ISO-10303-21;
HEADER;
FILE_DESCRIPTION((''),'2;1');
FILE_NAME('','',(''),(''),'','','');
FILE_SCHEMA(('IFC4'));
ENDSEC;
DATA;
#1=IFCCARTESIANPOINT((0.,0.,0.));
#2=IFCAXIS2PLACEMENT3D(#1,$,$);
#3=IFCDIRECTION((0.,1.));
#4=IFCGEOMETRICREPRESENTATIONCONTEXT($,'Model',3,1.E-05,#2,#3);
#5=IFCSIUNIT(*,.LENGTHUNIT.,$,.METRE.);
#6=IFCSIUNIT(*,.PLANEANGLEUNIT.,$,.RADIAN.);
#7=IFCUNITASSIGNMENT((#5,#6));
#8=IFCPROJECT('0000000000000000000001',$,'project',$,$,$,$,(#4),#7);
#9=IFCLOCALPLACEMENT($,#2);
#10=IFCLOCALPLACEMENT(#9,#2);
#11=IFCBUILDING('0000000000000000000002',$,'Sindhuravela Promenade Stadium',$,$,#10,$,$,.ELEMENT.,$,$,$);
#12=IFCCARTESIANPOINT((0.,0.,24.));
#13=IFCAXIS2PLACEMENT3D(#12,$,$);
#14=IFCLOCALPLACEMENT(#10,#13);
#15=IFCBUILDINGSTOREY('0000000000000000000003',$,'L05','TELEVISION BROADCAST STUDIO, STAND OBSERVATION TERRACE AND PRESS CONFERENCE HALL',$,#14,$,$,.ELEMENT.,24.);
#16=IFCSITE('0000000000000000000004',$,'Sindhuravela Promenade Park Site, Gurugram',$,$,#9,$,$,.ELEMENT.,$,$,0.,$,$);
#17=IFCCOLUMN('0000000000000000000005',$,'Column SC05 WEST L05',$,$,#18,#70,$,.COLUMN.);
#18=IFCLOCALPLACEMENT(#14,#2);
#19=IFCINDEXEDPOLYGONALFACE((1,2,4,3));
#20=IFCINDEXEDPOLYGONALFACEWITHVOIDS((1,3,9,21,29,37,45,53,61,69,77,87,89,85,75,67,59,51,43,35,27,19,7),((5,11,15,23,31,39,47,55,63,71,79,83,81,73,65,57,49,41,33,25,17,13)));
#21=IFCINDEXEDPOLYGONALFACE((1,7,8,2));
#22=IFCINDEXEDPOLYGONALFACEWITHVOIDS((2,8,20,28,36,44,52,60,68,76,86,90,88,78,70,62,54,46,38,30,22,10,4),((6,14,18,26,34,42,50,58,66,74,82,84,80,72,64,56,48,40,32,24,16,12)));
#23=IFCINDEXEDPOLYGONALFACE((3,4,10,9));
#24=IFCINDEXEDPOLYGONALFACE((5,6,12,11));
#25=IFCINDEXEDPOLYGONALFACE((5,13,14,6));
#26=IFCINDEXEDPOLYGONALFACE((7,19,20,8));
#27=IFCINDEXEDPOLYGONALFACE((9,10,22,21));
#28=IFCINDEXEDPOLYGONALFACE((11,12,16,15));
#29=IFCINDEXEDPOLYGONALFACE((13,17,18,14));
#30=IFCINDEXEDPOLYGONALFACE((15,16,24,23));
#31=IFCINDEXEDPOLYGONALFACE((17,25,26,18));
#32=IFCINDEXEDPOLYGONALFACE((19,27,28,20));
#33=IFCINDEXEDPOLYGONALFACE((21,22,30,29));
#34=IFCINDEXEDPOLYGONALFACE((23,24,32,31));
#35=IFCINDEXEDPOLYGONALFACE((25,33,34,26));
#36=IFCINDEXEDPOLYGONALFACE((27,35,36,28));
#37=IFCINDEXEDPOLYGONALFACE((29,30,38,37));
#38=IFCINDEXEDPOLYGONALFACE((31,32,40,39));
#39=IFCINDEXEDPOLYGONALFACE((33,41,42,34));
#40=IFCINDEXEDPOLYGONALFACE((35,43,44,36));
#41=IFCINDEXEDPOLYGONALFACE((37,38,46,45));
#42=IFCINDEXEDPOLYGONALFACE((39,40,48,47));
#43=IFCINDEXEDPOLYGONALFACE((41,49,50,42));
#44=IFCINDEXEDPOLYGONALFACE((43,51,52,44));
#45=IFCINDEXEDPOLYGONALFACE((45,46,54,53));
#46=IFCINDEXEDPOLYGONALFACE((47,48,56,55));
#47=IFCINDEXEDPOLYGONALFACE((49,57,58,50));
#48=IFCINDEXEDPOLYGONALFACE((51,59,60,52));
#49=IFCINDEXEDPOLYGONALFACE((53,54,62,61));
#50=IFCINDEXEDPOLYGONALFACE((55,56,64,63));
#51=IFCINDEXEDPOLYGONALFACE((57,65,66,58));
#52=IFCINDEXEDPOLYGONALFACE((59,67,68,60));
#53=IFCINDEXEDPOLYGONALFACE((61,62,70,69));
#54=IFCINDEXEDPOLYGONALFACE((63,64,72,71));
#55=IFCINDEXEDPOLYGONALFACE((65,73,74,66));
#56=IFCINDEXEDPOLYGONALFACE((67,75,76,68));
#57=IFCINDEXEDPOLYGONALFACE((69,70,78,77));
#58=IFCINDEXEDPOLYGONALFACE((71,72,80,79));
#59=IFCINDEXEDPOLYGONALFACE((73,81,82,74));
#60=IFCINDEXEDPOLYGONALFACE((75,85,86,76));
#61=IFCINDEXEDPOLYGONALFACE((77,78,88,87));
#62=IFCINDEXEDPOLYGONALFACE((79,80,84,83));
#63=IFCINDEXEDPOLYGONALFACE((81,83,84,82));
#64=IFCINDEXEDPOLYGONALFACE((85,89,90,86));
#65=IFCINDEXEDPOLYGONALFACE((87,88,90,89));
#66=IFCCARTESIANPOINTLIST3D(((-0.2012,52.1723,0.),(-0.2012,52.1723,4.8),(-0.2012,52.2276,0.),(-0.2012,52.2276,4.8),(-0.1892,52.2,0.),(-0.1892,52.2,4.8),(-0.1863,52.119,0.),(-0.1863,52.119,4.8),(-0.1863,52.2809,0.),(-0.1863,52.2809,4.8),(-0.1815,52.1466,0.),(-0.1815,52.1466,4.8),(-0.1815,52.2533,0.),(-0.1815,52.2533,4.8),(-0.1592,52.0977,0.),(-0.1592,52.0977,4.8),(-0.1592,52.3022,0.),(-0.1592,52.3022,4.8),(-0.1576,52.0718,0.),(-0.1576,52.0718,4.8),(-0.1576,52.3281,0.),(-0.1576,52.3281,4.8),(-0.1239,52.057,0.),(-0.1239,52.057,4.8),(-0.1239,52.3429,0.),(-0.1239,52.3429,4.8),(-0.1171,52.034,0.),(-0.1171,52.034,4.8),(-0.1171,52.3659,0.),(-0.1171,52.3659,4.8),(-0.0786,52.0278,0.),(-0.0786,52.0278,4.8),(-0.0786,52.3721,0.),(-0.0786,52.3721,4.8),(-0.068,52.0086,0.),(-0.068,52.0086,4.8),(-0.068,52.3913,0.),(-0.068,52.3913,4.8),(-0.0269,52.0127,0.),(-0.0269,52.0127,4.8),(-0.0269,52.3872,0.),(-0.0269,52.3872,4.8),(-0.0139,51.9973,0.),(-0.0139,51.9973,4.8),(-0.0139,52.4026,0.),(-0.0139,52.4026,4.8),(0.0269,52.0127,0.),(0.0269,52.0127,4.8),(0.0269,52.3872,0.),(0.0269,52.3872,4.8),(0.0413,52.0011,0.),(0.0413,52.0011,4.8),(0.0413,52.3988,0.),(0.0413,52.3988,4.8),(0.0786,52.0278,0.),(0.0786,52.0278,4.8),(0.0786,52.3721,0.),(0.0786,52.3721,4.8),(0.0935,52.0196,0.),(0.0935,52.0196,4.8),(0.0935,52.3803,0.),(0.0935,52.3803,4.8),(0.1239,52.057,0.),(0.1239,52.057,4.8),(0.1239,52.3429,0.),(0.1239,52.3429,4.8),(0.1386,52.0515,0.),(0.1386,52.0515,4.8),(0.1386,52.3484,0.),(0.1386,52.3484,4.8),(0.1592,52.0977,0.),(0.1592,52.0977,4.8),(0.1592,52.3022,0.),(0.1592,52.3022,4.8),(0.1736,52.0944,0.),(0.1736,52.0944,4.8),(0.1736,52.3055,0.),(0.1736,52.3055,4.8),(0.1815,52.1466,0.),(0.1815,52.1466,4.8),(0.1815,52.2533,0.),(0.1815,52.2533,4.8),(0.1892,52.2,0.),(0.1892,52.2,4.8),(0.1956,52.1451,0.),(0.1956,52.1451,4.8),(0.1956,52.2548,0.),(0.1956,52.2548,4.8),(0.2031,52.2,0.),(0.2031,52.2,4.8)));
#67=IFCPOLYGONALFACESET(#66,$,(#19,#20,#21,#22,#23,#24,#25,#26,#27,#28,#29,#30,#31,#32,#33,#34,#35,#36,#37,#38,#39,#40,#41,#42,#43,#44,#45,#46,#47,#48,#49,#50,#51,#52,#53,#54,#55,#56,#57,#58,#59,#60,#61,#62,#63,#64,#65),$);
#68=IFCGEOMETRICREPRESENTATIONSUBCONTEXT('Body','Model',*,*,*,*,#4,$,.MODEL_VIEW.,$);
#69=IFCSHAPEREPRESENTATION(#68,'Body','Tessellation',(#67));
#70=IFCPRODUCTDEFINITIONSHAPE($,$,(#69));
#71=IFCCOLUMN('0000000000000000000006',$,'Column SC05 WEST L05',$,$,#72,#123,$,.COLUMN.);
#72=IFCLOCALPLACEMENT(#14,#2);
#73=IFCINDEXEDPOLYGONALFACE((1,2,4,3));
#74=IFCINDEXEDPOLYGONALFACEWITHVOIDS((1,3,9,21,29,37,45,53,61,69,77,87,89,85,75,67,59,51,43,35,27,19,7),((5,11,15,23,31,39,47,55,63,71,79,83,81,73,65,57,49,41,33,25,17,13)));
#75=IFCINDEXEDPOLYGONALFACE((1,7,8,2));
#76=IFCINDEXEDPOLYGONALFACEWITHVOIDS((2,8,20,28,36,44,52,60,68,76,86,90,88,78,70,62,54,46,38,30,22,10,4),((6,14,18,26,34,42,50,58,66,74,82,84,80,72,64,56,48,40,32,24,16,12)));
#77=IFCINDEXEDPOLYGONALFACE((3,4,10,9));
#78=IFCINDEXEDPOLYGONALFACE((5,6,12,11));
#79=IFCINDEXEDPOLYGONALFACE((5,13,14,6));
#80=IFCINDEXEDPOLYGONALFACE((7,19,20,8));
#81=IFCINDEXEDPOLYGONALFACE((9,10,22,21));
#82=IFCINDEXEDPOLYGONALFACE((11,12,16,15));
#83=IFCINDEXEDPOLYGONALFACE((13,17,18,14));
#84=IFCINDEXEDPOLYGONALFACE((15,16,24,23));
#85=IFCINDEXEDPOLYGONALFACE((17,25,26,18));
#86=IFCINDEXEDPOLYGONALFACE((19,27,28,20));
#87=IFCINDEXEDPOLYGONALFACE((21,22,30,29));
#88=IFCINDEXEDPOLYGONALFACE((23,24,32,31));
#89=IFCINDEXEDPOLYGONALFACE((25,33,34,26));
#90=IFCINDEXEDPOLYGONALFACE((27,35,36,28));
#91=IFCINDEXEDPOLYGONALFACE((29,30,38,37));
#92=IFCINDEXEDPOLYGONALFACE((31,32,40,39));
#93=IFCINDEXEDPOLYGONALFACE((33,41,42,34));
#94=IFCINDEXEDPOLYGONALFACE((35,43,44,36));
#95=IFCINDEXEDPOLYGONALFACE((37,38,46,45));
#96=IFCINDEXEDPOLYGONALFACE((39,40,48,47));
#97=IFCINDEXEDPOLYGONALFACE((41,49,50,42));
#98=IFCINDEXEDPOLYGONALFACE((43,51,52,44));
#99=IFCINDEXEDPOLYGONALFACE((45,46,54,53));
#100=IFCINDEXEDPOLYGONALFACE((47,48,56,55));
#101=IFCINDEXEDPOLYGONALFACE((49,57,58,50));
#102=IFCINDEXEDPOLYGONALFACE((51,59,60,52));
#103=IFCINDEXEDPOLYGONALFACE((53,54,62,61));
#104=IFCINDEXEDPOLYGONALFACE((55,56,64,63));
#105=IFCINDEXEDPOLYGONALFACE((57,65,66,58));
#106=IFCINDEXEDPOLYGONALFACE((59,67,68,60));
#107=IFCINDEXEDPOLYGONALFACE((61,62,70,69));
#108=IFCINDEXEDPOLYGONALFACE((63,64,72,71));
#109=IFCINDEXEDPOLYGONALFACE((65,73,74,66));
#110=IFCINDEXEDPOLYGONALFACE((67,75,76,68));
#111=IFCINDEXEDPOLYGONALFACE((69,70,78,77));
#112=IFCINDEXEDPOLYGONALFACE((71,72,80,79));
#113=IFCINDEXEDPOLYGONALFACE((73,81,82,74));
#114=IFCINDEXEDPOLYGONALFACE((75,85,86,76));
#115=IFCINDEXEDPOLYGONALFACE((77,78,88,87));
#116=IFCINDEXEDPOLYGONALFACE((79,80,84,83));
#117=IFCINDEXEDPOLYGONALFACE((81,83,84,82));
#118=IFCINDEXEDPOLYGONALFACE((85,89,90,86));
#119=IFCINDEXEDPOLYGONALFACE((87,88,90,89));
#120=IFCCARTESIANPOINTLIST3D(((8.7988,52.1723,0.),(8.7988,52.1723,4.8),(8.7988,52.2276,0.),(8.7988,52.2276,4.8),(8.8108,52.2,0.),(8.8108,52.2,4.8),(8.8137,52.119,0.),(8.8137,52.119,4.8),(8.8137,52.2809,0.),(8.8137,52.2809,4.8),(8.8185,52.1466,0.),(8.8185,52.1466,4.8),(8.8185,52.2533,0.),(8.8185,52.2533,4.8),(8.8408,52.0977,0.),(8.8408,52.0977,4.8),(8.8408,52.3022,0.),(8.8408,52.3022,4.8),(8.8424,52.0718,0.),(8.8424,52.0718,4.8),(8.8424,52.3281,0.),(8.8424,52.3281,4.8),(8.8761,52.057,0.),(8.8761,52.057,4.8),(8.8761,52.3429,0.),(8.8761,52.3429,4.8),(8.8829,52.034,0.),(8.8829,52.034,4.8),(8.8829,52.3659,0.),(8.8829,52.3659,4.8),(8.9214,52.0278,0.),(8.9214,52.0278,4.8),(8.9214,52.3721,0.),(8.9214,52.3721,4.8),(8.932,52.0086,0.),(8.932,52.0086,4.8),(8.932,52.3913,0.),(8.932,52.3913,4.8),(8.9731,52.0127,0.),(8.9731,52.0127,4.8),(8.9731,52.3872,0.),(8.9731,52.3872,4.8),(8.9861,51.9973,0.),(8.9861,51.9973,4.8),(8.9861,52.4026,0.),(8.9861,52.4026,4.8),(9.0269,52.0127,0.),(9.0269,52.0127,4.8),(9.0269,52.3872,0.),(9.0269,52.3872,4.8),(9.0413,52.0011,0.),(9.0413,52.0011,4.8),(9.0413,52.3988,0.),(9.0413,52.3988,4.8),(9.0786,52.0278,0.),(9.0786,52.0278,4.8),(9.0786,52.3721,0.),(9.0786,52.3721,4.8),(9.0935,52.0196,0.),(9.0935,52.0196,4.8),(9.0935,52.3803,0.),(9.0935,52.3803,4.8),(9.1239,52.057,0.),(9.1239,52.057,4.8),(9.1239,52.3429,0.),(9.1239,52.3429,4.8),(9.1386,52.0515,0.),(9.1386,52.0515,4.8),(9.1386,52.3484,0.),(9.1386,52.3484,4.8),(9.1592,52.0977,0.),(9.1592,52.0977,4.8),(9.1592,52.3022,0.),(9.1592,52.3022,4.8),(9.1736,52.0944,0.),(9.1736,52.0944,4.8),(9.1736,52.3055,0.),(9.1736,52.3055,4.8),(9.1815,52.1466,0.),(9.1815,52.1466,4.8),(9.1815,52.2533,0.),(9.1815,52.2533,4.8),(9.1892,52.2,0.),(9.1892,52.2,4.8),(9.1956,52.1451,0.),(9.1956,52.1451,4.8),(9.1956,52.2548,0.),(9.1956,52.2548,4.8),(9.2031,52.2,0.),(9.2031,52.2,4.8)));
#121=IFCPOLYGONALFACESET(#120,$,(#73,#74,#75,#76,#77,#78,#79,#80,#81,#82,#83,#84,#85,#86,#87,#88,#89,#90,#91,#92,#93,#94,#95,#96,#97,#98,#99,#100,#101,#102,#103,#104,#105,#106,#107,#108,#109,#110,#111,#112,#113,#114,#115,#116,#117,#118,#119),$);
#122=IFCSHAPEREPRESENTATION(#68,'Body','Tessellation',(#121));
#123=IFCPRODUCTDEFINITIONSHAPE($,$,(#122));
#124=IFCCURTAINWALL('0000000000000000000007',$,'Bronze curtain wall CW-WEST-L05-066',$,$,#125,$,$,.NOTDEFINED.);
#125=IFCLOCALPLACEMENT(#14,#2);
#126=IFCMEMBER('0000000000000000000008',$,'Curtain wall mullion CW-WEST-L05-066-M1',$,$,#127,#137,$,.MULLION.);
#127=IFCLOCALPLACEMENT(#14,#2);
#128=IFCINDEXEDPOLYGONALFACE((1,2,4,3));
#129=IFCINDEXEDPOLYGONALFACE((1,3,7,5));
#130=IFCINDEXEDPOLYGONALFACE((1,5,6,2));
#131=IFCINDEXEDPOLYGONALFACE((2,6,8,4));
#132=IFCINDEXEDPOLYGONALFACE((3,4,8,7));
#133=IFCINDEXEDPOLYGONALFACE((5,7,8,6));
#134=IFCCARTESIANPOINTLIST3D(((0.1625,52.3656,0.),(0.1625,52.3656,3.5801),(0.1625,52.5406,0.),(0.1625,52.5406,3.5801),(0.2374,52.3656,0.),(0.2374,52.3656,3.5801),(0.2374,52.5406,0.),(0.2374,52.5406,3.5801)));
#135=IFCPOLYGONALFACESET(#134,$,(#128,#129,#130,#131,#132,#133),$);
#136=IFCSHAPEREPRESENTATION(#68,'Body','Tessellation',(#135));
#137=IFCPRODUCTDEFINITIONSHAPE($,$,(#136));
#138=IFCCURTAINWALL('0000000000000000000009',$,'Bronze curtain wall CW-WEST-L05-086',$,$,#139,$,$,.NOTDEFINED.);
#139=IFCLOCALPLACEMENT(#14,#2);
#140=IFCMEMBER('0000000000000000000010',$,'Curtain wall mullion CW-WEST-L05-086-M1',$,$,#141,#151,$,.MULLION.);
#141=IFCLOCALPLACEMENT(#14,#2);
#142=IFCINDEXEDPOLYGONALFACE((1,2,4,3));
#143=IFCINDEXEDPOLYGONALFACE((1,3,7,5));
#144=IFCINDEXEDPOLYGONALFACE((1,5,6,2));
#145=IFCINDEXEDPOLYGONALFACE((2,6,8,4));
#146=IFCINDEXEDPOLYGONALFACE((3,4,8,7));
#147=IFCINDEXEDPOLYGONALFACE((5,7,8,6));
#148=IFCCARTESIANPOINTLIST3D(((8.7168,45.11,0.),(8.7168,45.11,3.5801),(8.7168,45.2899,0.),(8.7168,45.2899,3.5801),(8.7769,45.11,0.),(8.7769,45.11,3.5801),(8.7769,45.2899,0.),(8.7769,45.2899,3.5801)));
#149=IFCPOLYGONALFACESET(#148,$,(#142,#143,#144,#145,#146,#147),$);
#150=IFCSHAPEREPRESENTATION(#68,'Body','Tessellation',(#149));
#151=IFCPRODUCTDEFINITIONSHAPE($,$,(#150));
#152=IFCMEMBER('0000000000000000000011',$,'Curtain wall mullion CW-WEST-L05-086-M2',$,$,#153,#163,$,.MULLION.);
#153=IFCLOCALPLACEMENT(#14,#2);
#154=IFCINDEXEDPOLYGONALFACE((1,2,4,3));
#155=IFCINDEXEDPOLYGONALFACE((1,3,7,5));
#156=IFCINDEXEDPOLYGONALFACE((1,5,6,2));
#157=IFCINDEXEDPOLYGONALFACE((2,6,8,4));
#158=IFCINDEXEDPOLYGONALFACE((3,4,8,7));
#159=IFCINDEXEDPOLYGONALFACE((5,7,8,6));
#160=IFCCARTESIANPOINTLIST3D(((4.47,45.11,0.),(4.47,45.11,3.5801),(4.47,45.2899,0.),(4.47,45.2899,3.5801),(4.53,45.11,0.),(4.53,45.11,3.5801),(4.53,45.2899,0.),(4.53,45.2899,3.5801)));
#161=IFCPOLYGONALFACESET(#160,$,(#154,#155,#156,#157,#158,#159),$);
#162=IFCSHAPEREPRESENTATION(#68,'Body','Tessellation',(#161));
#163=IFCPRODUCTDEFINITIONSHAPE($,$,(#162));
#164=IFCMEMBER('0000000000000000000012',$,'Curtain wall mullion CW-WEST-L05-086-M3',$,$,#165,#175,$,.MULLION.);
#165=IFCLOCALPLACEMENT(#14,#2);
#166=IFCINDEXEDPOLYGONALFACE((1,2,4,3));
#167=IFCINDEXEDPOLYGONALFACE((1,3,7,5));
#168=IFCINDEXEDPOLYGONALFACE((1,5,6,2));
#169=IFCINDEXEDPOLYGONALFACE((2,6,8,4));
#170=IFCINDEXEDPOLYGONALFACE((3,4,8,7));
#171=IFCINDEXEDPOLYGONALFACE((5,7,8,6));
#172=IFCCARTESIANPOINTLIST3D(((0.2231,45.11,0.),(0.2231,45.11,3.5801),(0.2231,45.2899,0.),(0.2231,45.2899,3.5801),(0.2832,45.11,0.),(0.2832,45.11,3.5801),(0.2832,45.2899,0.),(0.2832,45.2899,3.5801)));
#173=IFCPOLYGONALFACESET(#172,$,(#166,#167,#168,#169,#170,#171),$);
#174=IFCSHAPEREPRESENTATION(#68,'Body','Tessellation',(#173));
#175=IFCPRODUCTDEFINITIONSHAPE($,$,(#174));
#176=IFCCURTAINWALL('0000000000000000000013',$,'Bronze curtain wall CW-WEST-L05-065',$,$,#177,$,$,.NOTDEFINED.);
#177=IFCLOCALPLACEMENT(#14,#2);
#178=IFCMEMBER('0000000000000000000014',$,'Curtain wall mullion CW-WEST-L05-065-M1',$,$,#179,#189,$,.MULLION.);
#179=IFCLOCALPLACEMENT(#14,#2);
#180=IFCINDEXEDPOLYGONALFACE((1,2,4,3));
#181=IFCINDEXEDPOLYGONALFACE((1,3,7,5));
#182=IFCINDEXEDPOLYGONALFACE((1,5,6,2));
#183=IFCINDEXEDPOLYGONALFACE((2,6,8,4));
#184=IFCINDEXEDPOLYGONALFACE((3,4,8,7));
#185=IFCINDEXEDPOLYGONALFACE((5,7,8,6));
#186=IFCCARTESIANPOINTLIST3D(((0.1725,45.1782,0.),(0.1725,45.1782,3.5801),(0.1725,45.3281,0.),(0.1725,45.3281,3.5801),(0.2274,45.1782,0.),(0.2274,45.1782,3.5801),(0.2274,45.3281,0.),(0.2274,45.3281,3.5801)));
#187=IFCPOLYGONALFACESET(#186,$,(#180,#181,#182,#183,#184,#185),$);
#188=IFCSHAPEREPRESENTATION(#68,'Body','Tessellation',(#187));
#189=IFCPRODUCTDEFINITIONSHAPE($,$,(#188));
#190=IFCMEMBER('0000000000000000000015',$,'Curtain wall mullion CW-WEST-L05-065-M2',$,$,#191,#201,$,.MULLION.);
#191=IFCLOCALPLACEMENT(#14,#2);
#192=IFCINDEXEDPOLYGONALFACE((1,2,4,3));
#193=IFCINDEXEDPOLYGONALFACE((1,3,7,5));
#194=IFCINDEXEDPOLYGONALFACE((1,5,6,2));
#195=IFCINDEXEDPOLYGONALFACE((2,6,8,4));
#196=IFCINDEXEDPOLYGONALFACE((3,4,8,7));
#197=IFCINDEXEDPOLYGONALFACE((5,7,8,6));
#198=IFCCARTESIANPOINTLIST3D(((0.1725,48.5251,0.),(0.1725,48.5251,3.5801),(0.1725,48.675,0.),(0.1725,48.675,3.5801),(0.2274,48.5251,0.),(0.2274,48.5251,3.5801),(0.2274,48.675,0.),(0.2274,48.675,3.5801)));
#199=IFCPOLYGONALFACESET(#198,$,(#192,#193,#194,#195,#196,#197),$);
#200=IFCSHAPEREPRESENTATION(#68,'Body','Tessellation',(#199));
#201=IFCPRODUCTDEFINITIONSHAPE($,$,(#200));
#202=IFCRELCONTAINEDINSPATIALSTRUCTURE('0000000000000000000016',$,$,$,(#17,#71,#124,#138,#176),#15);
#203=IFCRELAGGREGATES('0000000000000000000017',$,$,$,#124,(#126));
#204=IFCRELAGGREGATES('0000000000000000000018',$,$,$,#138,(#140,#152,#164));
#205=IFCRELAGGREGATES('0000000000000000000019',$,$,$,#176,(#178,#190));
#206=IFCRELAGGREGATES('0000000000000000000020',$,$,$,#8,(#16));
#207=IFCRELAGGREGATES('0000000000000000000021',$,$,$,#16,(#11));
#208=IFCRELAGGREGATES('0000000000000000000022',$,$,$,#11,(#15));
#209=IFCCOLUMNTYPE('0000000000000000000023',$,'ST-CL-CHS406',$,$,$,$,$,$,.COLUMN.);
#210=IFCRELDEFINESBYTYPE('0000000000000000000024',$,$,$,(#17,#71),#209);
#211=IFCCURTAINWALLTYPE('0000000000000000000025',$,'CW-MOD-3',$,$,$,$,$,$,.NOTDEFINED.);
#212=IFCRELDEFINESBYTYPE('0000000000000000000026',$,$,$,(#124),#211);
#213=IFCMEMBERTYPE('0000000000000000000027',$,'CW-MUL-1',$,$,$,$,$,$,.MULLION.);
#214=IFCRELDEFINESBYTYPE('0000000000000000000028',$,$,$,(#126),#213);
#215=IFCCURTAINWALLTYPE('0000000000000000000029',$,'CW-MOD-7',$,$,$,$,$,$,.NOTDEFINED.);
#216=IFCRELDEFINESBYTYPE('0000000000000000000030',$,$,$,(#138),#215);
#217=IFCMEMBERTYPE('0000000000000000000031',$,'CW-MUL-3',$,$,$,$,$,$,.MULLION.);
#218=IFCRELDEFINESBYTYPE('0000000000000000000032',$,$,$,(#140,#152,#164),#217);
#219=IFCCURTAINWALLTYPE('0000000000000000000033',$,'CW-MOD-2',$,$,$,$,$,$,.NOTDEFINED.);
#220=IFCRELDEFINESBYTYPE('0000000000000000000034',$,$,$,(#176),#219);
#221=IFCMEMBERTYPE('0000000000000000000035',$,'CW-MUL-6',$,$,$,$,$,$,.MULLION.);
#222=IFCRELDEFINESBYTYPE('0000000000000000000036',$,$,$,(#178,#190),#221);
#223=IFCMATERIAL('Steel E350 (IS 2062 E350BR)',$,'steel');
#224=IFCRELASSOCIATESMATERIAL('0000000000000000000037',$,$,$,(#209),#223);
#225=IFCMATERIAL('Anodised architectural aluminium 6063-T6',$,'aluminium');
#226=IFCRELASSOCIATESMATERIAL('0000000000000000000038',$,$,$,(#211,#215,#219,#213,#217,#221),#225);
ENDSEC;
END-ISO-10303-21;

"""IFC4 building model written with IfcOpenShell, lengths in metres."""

from ifc_helpers import new_model, si_unit, direction, frame, origin, origin_2d, place, context, subcontext, project, spatial, rectangle, hollow_circle, extrude, material, material_profile, profile_set, type_object, element, aggregate, save


model = new_model("IFC4")

# Units and contexts
model_context = context("Model", 3, precision=1e-05, world=origin(), true_north=direction((0.0, 1.0)))
body_context = subcontext(model_context, "Body", "Model", "MODEL_VIEW")
ifc_project = project(units=[si_unit("LENGTHUNIT", "METRE"), si_unit("PLANEANGLEUNIT", "RADIAN")], contexts=[model_context])

# Site, building, storey
site_placement = place(None, origin())
site = spatial("IfcSite", under=ifc_project, at=site_placement, Name="Sindhuravela Promenade Park Site, Gurugram", CompositionType="ELEMENT", RefElevation=0.0)
building_placement = place(site_placement, origin())
building = spatial("IfcBuilding", under=site, at=building_placement, Name="Sindhuravela Promenade Stadium", CompositionType="ELEMENT")
storey_placement = place(building_placement, frame((0.0, 0.0, 24.0)))
storey = spatial("IfcBuildingStorey", under=building, at=storey_placement, Name="L05", Description="TELEVISION BROADCAST STUDIO, STAND OBSERVATION TERRACE AND PRESS CONFERENCE HALL", CompositionType="ELEMENT", Elevation=24.0)

# Columns
ifc_material_1 = material(Name="Steel E350 (IS 2062 E350BR)", Category="steel")
ifc_material_profile_1 = material_profile(ifc_material_1, hollow_circle(Radius=0.2031, WallThickness=0.0139, at=origin_2d()), Name="CHS 406.4x14")
ifc_profile_set_1 = profile_set([ifc_material_profile_1], Name="Steel E350 (IS 2062 E350BR)")
column_type = type_object("IfcColumnType", Name="ST-CL-CHS406", PredefinedType="COLUMN", material=ifc_profile_set_1)
for number, where, z_axis, x_axis, name in (
    (1, (0.0, 52.2, 0.0), (0.0, 0.0, 1.0), (1.0, 0.0, 0.0), "Column SC05 WEST L05"),
    (2, (9.0, 52.2, 0.0), (0.0, 0.0, 1.0), (1.0, 0.0, 0.0), "Column SC05 WEST L05"),
):
    element("IfcColumn", number, at=place(storey_placement, frame(where, z_axis=z_axis, x_axis=x_axis)), inside=storey, type_object=column_type, Name=name, PredefinedType="COLUMN", context=body_context, shape_type="SweptSolid", body=[
        extrude(hollow_circle(Radius=0.2031, WallThickness=0.0139, at=origin_2d()), origin(), (0.0, 0.0, 1.0), 4.8),
    ])

# Curtain wall, member
ifc_material_2 = material(Name="Anodised architectural aluminium 6063-T6", Category="aluminium")
curtain_wall_type_1 = type_object("IfcCurtainWallType", Name="CW-MOD-3", PredefinedType="NOTDEFINED", material=ifc_material_2)
curtain_wall_1_placement = place(storey_placement, origin())
curtain_wall_1 = element("IfcCurtainWall", 3, at=curtain_wall_1_placement, inside=storey, type_object=curtain_wall_type_1, Name="Bronze curtain wall CW-WEST-L05-066", PredefinedType="NOTDEFINED")
ifc_material_profile_2 = material_profile(ifc_material_2, rectangle(XDim=0.075, YDim=0.175, at=origin_2d()), Name="ALU MULL 75x175")
ifc_profile_set_2 = profile_set([ifc_material_profile_2], Name="Anodised architectural aluminium 6063-T6")
member_type_1 = type_object("IfcMemberType", Name="CW-MUL-1", PredefinedType="MULLION", material=ifc_profile_set_2)
member_1_placement = place(storey_placement, frame((0.2, 52.4531, 0.0), z_axis=(0.0, 0.0, 1.0), x_axis=(1.0, 0.0, 0.0)))
member_1 = element("IfcMember", 4, at=member_1_placement, type_object=member_type_1, Name="Curtain wall mullion CW-WEST-L05-066-M1", PredefinedType="MULLION", context=body_context, shape_type="SweptSolid", body=[
    extrude(rectangle(XDim=0.075, YDim=0.175, at=origin_2d()), origin(), (0.0, 0.0, 1.0), 3.5801),
])

# Curtain walls, members
curtain_wall_type_2 = type_object("IfcCurtainWallType", Name="CW-MOD-7", PredefinedType="NOTDEFINED", material=ifc_material_2)
curtain_wall_2_placement = place(storey_placement, origin())
curtain_wall_2 = element("IfcCurtainWall", 5, at=curtain_wall_2_placement, inside=storey, type_object=curtain_wall_type_2, Name="Bronze curtain wall CW-WEST-L05-086", PredefinedType="NOTDEFINED")
ifc_material_profile_3 = material_profile(ifc_material_2, rectangle(XDim=0.0601, YDim=0.1799, at=origin_2d()), Name="ALU M60x180")
ifc_profile_set_3 = profile_set([ifc_material_profile_3], Name="Anodised architectural aluminium 6063-T6")
member_type_2 = type_object("IfcMemberType", Name="CW-MUL-3", PredefinedType="MULLION", material=ifc_profile_set_3)
member_2_placement = place(storey_placement, frame((8.7468, 45.2, 0.0), z_axis=(0.0, 0.0, 1.0), x_axis=(1.0, 0.0, 0.0)))
member_2 = element("IfcMember", 6, at=member_2_placement, type_object=member_type_2, Name="Curtain wall mullion CW-WEST-L05-086-M1", PredefinedType="MULLION", context=body_context, shape_type="SweptSolid", body=[
    extrude(rectangle(XDim=0.0601, YDim=0.1799, at=origin_2d()), origin(), (0.0, 0.0, 1.0), 3.5801),
])
member_3_placement = place(storey_placement, frame((4.5, 45.2, 0.0), z_axis=(0.0, 0.0, 1.0), x_axis=(1.0, 0.0, 0.0)))
member_3 = element("IfcMember", 7, at=member_3_placement, type_object=member_type_2, Name="Curtain wall mullion CW-WEST-L05-086-M2", PredefinedType="MULLION", context=body_context, shape_type="SweptSolid", body=[
    extrude(rectangle(XDim=0.0601, YDim=0.1799, at=origin_2d()), origin(), (0.0, 0.0, 1.0), 3.5801),
])
member_4_placement = place(storey_placement, frame((0.2532, 45.2, 0.0), z_axis=(0.0, 0.0, 1.0), x_axis=(1.0, 0.0, 0.0)))
member_4 = element("IfcMember", 8, at=member_4_placement, type_object=member_type_2, Name="Curtain wall mullion CW-WEST-L05-086-M3", PredefinedType="MULLION", context=body_context, shape_type="SweptSolid", body=[
    extrude(rectangle(XDim=0.0601, YDim=0.1799, at=origin_2d()), origin(), (0.0, 0.0, 1.0), 3.5801),
])
curtain_wall_type_3 = type_object("IfcCurtainWallType", Name="CW-MOD-2", PredefinedType="NOTDEFINED", material=ifc_material_2)
curtain_wall_3_placement = place(storey_placement, origin())
curtain_wall_3 = element("IfcCurtainWall", 9, at=curtain_wall_3_placement, inside=storey, type_object=curtain_wall_type_3, Name="Bronze curtain wall CW-WEST-L05-065", PredefinedType="NOTDEFINED")
ifc_material_profile_4 = material_profile(ifc_material_2, rectangle(XDim=0.0549, YDim=0.1499, at=origin_2d()), Name="ALU M55x150")
ifc_profile_set_4 = profile_set([ifc_material_profile_4], Name="Anodised architectural aluminium 6063-T6")
member_type_3 = type_object("IfcMemberType", Name="CW-MUL-6", PredefinedType="MULLION", material=ifc_profile_set_4)
member_5_placement = place(storey_placement, frame((0.2, 45.2532, 0.0), z_axis=(0.0, 0.0, 1.0), x_axis=(1.0, 0.0, 0.0)))
member_5 = element("IfcMember", 10, at=member_5_placement, type_object=member_type_3, Name="Curtain wall mullion CW-WEST-L05-065-M1", PredefinedType="MULLION", context=body_context, shape_type="SweptSolid", body=[
    extrude(rectangle(XDim=0.0549, YDim=0.1499, at=origin_2d()), origin(), (0.0, 0.0, 1.0), 3.5801),
])
member_6_placement = place(storey_placement, frame((0.2, 48.6001, 0.0), z_axis=(0.0, 0.0, 1.0), x_axis=(1.0, 0.0, 0.0)))
member_6 = element("IfcMember", 11, at=member_6_placement, type_object=member_type_3, Name="Curtain wall mullion CW-WEST-L05-065-M2", PredefinedType="MULLION", context=body_context, shape_type="SweptSolid", body=[
    extrude(rectangle(XDim=0.0549, YDim=0.1499, at=origin_2d()), origin(), (0.0, 0.0, 1.0), 3.5801),
])

aggregate(curtain_wall_1, [member_1])

aggregate(curtain_wall_2, [member_2, member_3, member_4])
aggregate(curtain_wall_3, [member_5, member_6])

save(model, "model.ifc")
